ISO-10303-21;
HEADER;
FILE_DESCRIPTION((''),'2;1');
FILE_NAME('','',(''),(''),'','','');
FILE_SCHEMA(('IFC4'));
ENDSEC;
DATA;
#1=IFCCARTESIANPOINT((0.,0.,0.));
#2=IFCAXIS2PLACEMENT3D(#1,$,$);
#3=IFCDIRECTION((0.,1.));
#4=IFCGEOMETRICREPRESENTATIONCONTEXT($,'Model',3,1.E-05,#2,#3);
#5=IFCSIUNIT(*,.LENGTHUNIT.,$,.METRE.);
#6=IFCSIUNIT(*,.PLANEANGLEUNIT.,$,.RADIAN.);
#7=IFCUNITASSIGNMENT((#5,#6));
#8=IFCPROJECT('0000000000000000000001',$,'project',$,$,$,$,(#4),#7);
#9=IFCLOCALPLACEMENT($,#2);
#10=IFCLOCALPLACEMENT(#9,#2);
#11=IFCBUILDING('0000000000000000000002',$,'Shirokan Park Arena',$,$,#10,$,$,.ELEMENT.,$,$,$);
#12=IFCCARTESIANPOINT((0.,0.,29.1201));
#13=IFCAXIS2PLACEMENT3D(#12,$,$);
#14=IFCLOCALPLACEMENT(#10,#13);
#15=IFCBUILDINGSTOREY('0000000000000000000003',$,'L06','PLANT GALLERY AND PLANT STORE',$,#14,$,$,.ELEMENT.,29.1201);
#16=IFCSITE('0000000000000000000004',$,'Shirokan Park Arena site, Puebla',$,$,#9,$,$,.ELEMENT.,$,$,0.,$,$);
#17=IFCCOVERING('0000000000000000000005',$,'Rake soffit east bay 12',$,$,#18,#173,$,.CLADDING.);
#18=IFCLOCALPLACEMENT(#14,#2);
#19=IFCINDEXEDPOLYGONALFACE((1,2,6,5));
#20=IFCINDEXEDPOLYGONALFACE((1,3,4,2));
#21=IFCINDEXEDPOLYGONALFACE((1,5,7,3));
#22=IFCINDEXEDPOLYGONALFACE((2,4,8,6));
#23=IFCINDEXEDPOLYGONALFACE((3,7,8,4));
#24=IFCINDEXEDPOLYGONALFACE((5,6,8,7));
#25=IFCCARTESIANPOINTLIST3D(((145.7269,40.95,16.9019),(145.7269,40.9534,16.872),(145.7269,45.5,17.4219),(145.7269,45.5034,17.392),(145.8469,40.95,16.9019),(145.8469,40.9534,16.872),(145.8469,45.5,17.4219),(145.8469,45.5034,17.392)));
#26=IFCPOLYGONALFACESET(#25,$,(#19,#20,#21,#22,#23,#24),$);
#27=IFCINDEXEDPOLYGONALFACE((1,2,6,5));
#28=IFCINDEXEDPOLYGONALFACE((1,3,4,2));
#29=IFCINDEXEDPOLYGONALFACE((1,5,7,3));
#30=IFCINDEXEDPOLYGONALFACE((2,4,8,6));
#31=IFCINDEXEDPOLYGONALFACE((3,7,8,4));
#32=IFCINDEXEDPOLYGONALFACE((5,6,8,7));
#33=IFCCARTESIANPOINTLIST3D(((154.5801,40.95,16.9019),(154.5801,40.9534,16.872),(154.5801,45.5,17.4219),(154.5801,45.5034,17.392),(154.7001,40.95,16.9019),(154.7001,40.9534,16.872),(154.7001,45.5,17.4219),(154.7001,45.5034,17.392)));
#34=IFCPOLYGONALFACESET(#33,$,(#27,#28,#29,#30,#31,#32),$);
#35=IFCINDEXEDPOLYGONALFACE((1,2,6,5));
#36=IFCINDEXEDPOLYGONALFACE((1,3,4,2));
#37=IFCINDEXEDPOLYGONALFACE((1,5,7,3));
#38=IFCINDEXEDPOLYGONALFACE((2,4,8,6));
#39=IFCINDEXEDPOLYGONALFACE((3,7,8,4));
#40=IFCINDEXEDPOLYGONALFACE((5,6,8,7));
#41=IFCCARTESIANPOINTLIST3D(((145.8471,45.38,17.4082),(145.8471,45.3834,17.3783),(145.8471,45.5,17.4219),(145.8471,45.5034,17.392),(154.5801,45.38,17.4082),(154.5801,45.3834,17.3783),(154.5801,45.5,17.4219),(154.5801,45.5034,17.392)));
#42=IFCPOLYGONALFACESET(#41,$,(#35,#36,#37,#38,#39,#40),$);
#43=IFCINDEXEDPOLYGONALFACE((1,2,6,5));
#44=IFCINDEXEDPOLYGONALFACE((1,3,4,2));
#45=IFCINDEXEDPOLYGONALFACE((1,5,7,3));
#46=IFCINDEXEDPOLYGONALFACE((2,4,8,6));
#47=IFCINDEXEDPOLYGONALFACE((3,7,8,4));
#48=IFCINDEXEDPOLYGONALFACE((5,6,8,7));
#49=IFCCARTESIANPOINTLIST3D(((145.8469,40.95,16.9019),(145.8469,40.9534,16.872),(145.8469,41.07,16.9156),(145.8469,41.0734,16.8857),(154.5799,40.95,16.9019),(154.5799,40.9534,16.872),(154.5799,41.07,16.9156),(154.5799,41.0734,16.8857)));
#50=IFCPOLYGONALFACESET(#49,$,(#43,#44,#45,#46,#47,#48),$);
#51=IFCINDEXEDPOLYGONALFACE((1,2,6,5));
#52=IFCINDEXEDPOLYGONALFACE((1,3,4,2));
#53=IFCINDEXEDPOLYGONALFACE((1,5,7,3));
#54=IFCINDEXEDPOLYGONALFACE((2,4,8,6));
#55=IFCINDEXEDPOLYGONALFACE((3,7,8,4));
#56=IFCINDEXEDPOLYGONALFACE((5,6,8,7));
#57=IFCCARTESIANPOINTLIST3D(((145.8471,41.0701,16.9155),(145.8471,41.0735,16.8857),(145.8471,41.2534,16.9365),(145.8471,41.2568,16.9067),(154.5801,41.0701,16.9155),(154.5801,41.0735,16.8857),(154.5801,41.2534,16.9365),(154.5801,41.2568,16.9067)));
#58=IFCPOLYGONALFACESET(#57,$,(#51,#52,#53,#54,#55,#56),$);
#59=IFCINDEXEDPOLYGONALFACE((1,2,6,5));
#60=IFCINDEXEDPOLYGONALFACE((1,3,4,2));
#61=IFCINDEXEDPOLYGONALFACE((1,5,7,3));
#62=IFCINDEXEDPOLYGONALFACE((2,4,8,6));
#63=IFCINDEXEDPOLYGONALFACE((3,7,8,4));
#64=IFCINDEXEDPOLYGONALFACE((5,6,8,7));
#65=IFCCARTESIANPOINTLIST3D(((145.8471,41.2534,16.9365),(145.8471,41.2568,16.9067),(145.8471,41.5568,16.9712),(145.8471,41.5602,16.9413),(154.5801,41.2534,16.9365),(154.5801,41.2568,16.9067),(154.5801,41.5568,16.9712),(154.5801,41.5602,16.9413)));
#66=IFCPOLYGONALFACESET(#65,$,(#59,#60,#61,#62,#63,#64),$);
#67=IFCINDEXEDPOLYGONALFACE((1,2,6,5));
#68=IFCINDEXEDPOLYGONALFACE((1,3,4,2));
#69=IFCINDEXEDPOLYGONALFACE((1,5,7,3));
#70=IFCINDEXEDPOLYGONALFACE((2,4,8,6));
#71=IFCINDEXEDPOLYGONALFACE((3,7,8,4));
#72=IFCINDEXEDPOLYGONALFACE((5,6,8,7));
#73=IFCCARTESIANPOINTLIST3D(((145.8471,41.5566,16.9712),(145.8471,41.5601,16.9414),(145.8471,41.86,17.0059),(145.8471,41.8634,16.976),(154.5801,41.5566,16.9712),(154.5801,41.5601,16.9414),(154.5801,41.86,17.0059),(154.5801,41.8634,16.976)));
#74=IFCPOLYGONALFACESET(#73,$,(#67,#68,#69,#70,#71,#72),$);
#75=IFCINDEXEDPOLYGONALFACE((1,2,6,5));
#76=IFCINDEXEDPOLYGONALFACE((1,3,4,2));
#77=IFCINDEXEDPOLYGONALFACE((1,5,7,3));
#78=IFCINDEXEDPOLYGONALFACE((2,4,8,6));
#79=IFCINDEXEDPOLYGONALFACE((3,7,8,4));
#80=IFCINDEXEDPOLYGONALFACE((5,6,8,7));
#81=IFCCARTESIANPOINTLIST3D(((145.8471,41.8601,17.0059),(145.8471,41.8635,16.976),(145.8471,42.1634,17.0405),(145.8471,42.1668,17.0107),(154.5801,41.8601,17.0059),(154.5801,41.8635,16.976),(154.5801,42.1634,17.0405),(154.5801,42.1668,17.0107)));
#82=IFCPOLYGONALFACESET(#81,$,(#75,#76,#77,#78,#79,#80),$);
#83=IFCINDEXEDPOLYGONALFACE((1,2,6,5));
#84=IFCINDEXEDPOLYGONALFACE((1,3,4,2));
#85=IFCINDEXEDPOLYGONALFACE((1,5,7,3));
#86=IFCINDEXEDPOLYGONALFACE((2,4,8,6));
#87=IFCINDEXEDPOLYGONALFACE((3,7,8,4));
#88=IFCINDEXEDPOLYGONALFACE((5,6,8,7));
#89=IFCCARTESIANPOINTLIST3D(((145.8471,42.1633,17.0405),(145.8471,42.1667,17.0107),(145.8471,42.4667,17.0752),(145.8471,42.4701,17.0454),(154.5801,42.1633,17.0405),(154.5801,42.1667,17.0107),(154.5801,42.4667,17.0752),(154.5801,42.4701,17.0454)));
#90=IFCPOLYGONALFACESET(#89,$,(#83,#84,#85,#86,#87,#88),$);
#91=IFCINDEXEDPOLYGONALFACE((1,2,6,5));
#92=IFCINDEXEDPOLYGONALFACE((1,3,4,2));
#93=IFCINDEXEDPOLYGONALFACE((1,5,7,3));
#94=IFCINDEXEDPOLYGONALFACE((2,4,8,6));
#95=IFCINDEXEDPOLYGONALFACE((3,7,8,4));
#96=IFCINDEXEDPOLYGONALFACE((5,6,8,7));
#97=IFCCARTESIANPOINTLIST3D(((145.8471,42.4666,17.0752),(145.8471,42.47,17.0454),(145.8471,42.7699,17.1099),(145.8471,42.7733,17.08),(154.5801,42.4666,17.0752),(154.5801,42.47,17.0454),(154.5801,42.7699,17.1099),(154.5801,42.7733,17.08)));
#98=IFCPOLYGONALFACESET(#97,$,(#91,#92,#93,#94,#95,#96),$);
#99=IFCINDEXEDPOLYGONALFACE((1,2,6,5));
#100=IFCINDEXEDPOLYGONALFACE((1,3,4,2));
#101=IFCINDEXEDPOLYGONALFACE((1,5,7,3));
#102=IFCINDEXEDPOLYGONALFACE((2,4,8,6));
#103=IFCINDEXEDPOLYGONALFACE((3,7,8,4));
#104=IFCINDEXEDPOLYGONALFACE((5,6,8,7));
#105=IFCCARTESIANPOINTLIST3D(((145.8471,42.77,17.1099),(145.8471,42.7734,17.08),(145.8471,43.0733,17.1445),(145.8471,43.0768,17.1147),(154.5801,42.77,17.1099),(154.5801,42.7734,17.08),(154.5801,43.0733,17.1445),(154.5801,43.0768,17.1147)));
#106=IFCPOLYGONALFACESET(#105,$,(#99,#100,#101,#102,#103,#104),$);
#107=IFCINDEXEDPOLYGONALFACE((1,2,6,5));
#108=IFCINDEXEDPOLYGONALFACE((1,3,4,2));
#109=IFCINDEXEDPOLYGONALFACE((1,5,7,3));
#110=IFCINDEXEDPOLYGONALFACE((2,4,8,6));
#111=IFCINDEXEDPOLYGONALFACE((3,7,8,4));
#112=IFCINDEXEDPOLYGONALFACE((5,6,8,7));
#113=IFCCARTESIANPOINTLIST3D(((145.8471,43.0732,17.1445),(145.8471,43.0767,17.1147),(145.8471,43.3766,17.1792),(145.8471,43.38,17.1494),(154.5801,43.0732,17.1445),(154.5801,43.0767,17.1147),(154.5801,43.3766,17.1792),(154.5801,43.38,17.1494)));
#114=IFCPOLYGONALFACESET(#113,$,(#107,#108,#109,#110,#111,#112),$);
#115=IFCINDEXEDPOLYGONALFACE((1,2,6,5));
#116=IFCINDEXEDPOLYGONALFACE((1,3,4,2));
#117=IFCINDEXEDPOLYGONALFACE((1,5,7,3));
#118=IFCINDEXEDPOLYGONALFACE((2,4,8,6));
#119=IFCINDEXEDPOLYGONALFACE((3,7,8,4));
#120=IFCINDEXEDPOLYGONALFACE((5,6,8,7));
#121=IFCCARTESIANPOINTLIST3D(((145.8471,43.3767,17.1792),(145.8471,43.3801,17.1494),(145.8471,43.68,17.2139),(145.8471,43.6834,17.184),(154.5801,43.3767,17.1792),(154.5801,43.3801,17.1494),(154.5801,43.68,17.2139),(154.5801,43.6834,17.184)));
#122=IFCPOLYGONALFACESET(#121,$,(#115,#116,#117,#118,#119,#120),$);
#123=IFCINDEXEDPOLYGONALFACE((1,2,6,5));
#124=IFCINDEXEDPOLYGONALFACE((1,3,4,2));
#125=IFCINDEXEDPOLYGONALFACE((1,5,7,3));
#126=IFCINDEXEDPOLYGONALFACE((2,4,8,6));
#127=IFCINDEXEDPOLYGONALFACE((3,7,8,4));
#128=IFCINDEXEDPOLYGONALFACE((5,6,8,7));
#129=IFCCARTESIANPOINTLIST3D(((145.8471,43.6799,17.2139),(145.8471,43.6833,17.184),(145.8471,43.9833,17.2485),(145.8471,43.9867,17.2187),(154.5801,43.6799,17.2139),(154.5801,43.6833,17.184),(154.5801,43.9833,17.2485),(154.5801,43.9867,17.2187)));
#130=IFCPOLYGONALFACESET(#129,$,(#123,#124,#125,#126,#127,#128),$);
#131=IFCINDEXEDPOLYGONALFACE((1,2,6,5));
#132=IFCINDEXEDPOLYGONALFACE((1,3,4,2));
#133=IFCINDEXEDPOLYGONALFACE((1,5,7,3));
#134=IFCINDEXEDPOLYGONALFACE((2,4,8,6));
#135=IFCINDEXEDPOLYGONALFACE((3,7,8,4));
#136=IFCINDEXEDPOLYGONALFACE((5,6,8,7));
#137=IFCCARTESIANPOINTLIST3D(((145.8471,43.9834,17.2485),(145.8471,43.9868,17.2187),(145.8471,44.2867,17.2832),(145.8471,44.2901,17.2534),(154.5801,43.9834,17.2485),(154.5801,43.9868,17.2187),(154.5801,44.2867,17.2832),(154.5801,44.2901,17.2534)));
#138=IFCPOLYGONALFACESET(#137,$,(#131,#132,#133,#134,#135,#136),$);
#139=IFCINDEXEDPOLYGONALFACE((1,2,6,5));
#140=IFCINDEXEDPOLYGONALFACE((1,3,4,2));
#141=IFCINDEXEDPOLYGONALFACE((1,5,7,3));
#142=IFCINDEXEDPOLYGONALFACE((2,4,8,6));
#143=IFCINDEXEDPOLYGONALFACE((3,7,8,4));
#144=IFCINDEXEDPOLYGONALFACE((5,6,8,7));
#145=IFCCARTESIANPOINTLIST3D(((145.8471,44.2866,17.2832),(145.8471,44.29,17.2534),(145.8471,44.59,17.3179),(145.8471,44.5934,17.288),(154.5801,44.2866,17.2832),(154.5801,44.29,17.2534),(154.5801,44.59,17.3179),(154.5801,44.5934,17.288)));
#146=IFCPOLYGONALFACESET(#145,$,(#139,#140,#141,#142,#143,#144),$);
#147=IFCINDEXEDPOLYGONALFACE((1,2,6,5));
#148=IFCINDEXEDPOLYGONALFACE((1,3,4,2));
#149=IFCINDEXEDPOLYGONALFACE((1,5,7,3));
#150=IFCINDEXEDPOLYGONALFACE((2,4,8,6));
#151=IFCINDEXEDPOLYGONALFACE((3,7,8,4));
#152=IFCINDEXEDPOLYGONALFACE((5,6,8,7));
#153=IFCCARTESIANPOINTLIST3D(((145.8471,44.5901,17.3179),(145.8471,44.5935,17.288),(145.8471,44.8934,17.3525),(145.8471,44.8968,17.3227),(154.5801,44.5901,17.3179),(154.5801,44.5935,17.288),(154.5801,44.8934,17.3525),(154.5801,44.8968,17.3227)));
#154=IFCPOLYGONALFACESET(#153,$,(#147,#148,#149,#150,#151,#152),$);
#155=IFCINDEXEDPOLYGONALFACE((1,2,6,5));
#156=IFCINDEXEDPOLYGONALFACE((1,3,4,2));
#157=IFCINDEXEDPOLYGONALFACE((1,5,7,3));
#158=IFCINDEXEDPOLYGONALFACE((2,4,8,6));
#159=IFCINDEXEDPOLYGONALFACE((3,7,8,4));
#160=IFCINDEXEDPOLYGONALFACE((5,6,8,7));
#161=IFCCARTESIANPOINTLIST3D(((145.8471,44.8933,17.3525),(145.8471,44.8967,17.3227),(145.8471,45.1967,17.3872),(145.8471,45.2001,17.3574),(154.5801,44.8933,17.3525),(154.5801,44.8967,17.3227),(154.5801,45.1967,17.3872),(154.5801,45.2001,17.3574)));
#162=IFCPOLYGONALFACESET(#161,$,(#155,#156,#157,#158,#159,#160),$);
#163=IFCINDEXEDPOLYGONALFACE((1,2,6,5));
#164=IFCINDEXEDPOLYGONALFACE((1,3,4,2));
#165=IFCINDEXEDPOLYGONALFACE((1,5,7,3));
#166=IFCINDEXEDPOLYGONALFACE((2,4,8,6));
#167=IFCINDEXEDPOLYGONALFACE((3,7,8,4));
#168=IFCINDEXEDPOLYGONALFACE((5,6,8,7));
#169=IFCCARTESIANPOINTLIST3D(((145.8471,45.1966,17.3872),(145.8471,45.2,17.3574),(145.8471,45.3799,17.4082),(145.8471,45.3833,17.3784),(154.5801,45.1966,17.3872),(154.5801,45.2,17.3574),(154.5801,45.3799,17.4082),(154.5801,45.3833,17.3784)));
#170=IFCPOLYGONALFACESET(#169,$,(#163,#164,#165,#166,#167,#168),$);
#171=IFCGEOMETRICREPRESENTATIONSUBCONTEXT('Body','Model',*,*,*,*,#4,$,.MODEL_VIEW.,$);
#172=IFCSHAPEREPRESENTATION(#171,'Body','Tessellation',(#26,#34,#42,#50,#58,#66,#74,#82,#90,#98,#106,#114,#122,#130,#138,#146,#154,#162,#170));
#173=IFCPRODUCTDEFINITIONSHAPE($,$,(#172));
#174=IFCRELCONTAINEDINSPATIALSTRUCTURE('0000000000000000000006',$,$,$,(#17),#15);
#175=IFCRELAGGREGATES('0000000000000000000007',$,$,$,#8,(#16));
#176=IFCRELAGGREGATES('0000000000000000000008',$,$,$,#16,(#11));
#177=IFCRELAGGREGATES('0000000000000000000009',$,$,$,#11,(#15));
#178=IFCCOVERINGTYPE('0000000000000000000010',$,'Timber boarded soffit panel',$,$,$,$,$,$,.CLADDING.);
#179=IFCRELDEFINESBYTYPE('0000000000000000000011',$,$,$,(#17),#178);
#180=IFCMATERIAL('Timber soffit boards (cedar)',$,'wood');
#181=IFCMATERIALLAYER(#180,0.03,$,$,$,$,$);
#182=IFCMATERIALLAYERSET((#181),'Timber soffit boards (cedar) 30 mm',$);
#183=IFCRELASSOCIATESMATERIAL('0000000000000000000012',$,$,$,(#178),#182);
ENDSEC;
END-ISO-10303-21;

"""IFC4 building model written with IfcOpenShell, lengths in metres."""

from ifc_helpers import new_model, si_unit, direction, frame, origin, place, context, subcontext, project, spatial, polyline, outline, extrude, material, layer, layer_set, type_object, element, save


model = new_model("IFC4")

# Units and contexts
model_context = context("Model", 3, precision=1e-05, world=origin(), true_north=direction((0.0, 1.0)))
body_context = subcontext(model_context, "Body", "Model", "MODEL_VIEW")
ifc_project = project(units=[si_unit("LENGTHUNIT", "METRE"), si_unit("PLANEANGLEUNIT", "RADIAN")], contexts=[model_context])

# Site, building, storey
site_placement = place(None, origin())
site = spatial("IfcSite", under=ifc_project, at=site_placement, Name="Shirokan Park Arena site, Puebla", CompositionType="ELEMENT", RefElevation=0.0)
building_placement = place(site_placement, origin())
building = spatial("IfcBuilding", under=site, at=building_placement, Name="Shirokan Park Arena", CompositionType="ELEMENT")
storey_placement = place(building_placement, frame((0.0, 0.0, 29.1201)))
storey = spatial("IfcBuildingStorey", under=building, at=storey_placement, Name="L06", Description="PLANT GALLERY AND PLANT STORE", CompositionType="ELEMENT", Elevation=29.1201)

# Covering
ifc_material = material(Name="Timber soffit boards (cedar)", Category="wood")
ifc_layer = layer(ifc_material, 0.03)
ifc_layer_set = layer_set([ifc_layer], Name="Timber soffit boards (cedar) 30 mm")
covering_type = type_object("IfcCoveringType", Name="Timber boarded soffit panel", PredefinedType="CLADDING", material=ifc_layer_set)
covering_1_placement = place(storey_placement, origin())
element("IfcCovering", 1, at=covering_1_placement, inside=storey, type_object=covering_type, Name="Rake soffit east bay 12", PredefinedType="CLADDING", context=body_context, shape_type="SweptSolid", body=[
    extrude(outline(polyline([(0.0, 0.0), (0.12, 0.0), (0.12, -4.5796), (0.0, -4.5796), (0.0, 0.0)])), frame((145.8469, 40.95, 16.9019), z_axis=(0.0, -0.113547, 0.993533), x_axis=(-1.0, 0.0, 0.0)), (0.0, 0.0, -1.0), 0.03),
    extrude(outline(polyline([(0.0, 0.0), (0.12, 0.0), (0.12, -4.5796), (0.0, -4.5796), (0.0, 0.0)])), frame((154.5801, 45.5, 17.4219), z_axis=(0.0, -0.113547, 0.993533), x_axis=(1.0, 0.0, 0.0)), (0.0, 0.0, -1.0), 0.03),
    extrude(outline(polyline([(0.0, 0.0), (0.1208, 0.0), (0.1208, -8.733), (0.0, -8.733), (0.0, 0.0)])), frame((154.5801, 45.5, 17.4219), z_axis=(0.0, -0.113512, 0.993537), x_axis=(0.0, -0.993537, -0.113512)), (0.0, 0.0, -1.0), 0.03),
    extrude(outline(polyline([(0.0, 0.0), (0.1208, 0.0), (0.1208, -8.733), (0.0, -8.733), (0.0, 0.0)])), frame((145.8469, 40.95, 16.9019), z_axis=(0.0, -0.113512, 0.993537), x_axis=(0.0, 0.993537, 0.113512)), (0.0, 0.0, -1.0), 0.03),
    extrude(outline(polyline([(0.0, 0.0), (8.733, 0.0), (8.733, -0.1845), (0.0, -0.1845), (0.0, 0.0)])), frame((154.5801, 41.0701, 16.9155), z_axis=(0.0, -0.113589, 0.993528), x_axis=(-1.0, 0.0, 0.0)), (0.0, 0.0, -1.0), 0.03),
    extrude(outline(polyline([(0.0, 0.0), (8.733, 0.0), (8.733, -0.3053), (0.0, -0.3053), (0.0, 0.0)])), frame((154.5801, 41.2534, 16.9365), z_axis=(0.0, -0.113523, 0.993535), x_axis=(-1.0, 0.0, 0.0)), (0.0, 0.0, -1.0), 0.03),
    extrude(outline(polyline([(0.0, 0.0), (8.733, 0.0), (8.733, -0.3053), (0.0, -0.3053), (0.0, 0.0)])), frame((154.5801, 41.5566, 16.9712), z_axis=(0.0, -0.113559, 0.993531), x_axis=(-1.0, 0.0, 0.0)), (0.0, 0.0, -1.0), 0.03),
    extrude(outline(polyline([(0.0, 0.0), (8.733, 0.0), (8.733, -0.3053), (0.0, -0.3053), (0.0, 0.0)])), frame((154.5801, 41.8601, 17.0059), z_axis=(0.0, -0.113559, 0.993531), x_axis=(-1.0, 0.0, 0.0)), (0.0, 0.0, -1.0), 0.03),
    extrude(outline(polyline([(0.0, 0.0), (8.733, 0.0), (8.733, -0.3053), (0.0, -0.3053), (0.0, 0.0)])), frame((154.5801, 42.1633, 17.0405), z_axis=(0.0, -0.113523, 0.993535), x_axis=(-1.0, 0.0, 0.0)), (0.0, 0.0, -1.0), 0.03),
    extrude(outline(polyline([(0.0, 0.0), (8.733, 0.0), (8.733, -0.3053), (0.0, -0.3053), (0.0, 0.0)])), frame((154.5801, 42.4666, 17.0752), z_axis=(0.0, -0.113559, 0.993531), x_axis=(-1.0, 0.0, 0.0)), (0.0, 0.0, -1.0), 0.03),
    extrude(outline(polyline([(0.0, 0.0), (8.733, 0.0), (8.733, -0.3053), (0.0, -0.3053), (0.0, 0.0)])), frame((154.5801, 42.77, 17.1099), z_axis=(0.0, -0.113559, 0.993531), x_axis=(-1.0, 0.0, 0.0)), (0.0, 0.0, -1.0), 0.03),
    extrude(outline(polyline([(0.0, 0.0), (8.733, 0.0), (8.733, -0.3053), (0.0, -0.3053), (0.0, 0.0)])), frame((154.5801, 43.0732, 17.1445), z_axis=(0.0, -0.113523, 0.993535), x_axis=(-1.0, 0.0, 0.0)), (0.0, 0.0, -1.0), 0.03),
    extrude(outline(polyline([(0.0, 0.0), (8.733, 0.0), (8.733, -0.3053), (0.0, -0.3053), (0.0, 0.0)])), frame((154.5801, 43.3767, 17.1792), z_axis=(0.0, -0.113559, 0.993531), x_axis=(-1.0, 0.0, 0.0)), (0.0, 0.0, -1.0), 0.03),
    extrude(outline(polyline([(0.0, 0.0), (8.733, 0.0), (8.733, -0.3053), (0.0, -0.3053), (0.0, 0.0)])), frame((154.5801, 43.6799, 17.2139), z_axis=(0.0, -0.113559, 0.993531), x_axis=(-1.0, 0.0, 0.0)), (0.0, 0.0, -1.0), 0.03),
    extrude(outline(polyline([(0.0, 0.0), (8.733, 0.0), (8.733, -0.3053), (0.0, -0.3053), (0.0, 0.0)])), frame((154.5801, 43.9834, 17.2485), z_axis=(0.0, -0.113523, 0.993535), x_axis=(-1.0, 0.0, 0.0)), (0.0, 0.0, -1.0), 0.03),
    extrude(outline(polyline([(0.0, 0.0), (8.733, 0.0), (8.733, -0.3053), (0.0, -0.3053), (0.0, 0.0)])), frame((154.5801, 44.2866, 17.2832), z_axis=(0.0, -0.113559, 0.993531), x_axis=(-1.0, 0.0, 0.0)), (0.0, 0.0, -1.0), 0.03),
    extrude(outline(polyline([(0.0, 0.0), (8.733, 0.0), (8.733, -0.3053), (0.0, -0.3053), (0.0, 0.0)])), frame((154.5801, 44.5901, 17.3179), z_axis=(0.0, -0.113559, 0.993531), x_axis=(-1.0, 0.0, 0.0)), (0.0, 0.0, -1.0), 0.03),
    extrude(outline(polyline([(0.0, 0.0), (8.733, 0.0), (8.733, -0.3053), (0.0, -0.3053), (0.0, 0.0)])), frame((154.5801, 44.8933, 17.3525), z_axis=(0.0, -0.113523, 0.993535), x_axis=(-1.0, 0.0, 0.0)), (0.0, 0.0, -1.0), 0.03),
    extrude(outline(polyline([(0.0, 0.0), (0.1845, 0.0), (0.1845, -8.733), (0.0, -8.733), (0.0, 0.0)])), frame((154.5801, 45.3799, 17.4082), z_axis=(0.0, -0.113589, 0.993528), x_axis=(0.0, -0.993528, -0.113589)), (0.0, 0.0, -1.0), 0.03),
])

save(model, "model.ifc")
